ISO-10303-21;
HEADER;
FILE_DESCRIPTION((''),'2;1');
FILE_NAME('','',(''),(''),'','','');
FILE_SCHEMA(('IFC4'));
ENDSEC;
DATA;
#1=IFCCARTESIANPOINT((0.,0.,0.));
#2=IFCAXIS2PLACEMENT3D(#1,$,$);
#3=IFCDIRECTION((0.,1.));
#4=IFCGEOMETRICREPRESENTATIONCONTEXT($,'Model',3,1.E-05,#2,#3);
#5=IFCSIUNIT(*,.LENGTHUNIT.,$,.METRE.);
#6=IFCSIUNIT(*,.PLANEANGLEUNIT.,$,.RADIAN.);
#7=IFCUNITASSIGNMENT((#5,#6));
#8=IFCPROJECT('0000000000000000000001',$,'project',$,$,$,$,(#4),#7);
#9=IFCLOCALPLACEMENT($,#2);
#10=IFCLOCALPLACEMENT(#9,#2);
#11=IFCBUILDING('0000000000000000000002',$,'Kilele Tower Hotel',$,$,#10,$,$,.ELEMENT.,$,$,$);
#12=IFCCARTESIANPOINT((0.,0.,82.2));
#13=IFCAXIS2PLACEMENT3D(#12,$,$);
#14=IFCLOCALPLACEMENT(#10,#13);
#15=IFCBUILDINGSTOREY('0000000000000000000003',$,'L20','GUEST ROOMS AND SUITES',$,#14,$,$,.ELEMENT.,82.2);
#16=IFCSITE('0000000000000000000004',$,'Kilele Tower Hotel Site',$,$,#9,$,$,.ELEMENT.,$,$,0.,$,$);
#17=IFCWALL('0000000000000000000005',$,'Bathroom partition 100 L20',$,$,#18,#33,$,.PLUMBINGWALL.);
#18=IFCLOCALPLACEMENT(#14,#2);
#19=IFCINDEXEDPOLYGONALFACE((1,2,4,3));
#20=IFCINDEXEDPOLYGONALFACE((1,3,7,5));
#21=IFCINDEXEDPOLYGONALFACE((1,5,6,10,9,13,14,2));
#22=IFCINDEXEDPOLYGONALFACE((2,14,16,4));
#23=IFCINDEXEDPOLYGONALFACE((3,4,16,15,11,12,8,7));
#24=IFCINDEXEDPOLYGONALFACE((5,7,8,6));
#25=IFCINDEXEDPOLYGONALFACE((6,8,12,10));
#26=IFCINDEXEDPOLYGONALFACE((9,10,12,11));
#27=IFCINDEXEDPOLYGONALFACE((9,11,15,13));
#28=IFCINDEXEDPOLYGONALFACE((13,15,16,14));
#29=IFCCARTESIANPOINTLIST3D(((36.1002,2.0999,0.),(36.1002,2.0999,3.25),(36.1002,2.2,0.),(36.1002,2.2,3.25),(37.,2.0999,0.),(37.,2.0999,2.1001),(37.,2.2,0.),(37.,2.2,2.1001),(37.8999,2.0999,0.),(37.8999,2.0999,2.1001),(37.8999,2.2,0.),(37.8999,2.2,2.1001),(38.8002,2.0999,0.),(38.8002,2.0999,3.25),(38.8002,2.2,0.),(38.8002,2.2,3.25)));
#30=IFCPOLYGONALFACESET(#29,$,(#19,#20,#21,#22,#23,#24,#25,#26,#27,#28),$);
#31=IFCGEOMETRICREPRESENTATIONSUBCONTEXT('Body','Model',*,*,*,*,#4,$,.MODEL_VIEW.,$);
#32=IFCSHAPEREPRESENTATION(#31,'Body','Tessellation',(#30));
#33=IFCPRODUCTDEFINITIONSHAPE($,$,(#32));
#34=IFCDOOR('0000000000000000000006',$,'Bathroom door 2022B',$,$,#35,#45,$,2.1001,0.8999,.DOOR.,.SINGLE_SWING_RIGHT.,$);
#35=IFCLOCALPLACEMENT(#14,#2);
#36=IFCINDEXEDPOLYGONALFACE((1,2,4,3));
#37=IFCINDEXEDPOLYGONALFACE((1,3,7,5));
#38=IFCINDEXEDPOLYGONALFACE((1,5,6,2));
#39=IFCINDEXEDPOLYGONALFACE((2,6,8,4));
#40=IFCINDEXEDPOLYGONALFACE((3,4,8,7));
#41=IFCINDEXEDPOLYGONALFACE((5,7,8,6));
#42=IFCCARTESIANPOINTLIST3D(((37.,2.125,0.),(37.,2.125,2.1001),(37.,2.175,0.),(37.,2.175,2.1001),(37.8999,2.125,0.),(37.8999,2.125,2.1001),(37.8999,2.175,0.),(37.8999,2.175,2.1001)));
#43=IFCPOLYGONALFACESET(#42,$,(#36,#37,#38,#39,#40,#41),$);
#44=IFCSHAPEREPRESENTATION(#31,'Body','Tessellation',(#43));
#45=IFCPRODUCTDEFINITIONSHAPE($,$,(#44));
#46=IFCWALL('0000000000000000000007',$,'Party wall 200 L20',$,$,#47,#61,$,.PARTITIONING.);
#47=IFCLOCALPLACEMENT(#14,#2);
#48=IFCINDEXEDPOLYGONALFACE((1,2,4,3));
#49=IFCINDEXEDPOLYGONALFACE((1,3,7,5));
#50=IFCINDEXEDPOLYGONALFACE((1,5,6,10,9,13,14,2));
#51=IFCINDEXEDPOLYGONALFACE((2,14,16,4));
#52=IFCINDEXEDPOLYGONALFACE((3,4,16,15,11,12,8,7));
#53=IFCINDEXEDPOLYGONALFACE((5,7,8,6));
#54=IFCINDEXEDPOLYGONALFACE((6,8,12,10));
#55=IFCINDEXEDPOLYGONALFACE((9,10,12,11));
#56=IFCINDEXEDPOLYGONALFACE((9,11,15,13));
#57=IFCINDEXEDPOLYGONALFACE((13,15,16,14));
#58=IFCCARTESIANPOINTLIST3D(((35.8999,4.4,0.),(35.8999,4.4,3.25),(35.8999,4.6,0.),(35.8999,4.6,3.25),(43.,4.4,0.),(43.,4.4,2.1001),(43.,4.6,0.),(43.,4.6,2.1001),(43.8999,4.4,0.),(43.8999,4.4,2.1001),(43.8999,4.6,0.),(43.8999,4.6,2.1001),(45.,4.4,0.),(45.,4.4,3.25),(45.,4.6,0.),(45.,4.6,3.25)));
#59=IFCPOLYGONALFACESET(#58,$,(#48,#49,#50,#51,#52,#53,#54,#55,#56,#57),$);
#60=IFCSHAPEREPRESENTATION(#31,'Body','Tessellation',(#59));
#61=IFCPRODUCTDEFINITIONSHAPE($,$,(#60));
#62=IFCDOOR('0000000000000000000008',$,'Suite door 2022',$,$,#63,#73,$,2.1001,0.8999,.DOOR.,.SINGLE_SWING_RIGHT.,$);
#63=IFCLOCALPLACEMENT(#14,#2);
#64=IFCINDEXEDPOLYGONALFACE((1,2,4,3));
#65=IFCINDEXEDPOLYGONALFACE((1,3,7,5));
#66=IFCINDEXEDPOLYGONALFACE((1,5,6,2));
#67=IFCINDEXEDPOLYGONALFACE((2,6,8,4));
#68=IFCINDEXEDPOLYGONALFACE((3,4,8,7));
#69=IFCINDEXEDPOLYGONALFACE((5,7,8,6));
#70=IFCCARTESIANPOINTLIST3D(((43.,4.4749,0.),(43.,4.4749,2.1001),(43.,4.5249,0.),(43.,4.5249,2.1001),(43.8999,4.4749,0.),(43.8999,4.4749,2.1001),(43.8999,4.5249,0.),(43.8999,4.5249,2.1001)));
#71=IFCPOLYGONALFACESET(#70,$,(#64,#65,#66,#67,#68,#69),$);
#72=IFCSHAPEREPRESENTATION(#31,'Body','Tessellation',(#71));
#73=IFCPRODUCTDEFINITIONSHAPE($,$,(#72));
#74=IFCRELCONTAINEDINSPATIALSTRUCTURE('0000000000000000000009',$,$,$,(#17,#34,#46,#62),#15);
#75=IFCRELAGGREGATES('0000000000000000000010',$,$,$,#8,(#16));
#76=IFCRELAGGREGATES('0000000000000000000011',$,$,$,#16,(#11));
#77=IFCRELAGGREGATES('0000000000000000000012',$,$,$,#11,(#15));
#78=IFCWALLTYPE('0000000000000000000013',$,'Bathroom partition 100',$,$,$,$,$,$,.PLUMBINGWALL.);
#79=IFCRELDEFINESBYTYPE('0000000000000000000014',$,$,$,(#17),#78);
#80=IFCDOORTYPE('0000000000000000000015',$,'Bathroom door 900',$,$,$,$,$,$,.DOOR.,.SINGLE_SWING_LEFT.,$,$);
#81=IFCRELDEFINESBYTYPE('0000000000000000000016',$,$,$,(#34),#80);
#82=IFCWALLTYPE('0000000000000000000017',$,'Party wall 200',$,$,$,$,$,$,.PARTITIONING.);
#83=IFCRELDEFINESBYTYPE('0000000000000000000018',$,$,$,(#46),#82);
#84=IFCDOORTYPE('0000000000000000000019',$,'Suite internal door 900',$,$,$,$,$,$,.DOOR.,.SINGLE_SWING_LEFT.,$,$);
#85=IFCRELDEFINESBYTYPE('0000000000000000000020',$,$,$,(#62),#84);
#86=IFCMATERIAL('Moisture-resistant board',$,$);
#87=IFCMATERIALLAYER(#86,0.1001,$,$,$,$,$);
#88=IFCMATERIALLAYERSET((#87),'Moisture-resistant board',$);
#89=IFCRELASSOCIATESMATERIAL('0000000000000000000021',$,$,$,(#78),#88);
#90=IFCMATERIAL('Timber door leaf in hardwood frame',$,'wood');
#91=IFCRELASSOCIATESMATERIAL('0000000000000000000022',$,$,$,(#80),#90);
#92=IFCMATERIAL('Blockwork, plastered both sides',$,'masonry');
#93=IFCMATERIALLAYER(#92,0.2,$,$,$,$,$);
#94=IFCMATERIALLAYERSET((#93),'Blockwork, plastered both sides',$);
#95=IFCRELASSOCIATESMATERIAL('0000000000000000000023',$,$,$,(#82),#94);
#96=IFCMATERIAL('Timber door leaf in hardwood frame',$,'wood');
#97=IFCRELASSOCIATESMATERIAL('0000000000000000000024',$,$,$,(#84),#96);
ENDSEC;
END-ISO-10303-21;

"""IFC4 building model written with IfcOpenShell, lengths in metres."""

from ifc_helpers import new_model, si_unit, direction, frame, frame_2d, origin, place, context, subcontext, project, spatial, rectangle, extrude, material, layer, layer_set, type_object, element, fill, save


model = new_model("IFC4")

# Units and contexts
model_context = context("Model", 3, precision=1e-05, world=origin(), true_north=direction((0.0, 1.0)))
body_context = subcontext(model_context, "Body", "Model", "MODEL_VIEW")
ifc_project = project(units=[si_unit("LENGTHUNIT", "METRE"), si_unit("PLANEANGLEUNIT", "RADIAN")], contexts=[model_context])

# Site, building, storey
site_placement = place(None, origin())
site = spatial("IfcSite", under=ifc_project, at=site_placement, Name="Kilele Tower Hotel Site", CompositionType="ELEMENT", RefElevation=0.0)
building_placement = place(site_placement, origin())
building = spatial("IfcBuilding", under=site, at=building_placement, Name="Kilele Tower Hotel", CompositionType="ELEMENT")
storey_placement = place(building_placement, frame((0.0, 0.0, 82.2)))
storey = spatial("IfcBuildingStorey", under=building, at=storey_placement, Name="L20", Description="GUEST ROOMS AND SUITES", CompositionType="ELEMENT", Elevation=82.2)

# Shared definitions
ifc_material_1 = material(Name="Moisture-resistant board")
ifc_layer_1 = layer(ifc_material_1, 0.1001)
ifc_layer_set_1 = layer_set([ifc_layer_1], Name="Moisture-resistant board")
wall_type_1 = type_object("IfcWallType", Name="Bathroom partition 100", PredefinedType="PLUMBINGWALL", material=ifc_layer_set_1)

# Walls, openings, doors
ifc_material_2 = material(Name="Timber door leaf in hardwood frame", Category="wood")
door_type_1 = type_object("IfcDoorType", Name="Bathroom door 900", OperationType="SINGLE_SWING_LEFT", PredefinedType="DOOR", material=ifc_material_2)
wall_1_placement = place(storey_placement, frame((36.1001, 2.1499, 0.0), z_axis=(0.0, 0.0, 1.0), x_axis=(1.0, 0.0, 0.0)))
wall_1 = element("IfcWall", 1, at=wall_1_placement, inside=storey, type_object=wall_type_1, Name="Bathroom partition 100 L20", PredefinedType="PLUMBINGWALL", context=body_context, shape_type="SweptSolid", body=[
    extrude(rectangle(XDim=2.7, YDim=0.1001, at=frame_2d((1.3501, 0.0))), origin(), (0.0, 0.0, 1.0), 3.25),
])
opening_1_placement = place(wall_1_placement, frame((1.7998, 0.0, 0.0), z_axis=(0.0, 0.0, 1.0), x_axis=(-1.0, 0.0, 0.0)))
opening_1 = element("IfcOpeningElement", 2, at=opening_1_placement, cuts=wall_1, PredefinedType="OPENING", context=body_context, shape_type="SweptSolid", body=[
    extrude(rectangle(XDim=0.8999, YDim=2.1001, at=frame_2d((0.45, 1.05))), frame((0.0, 0.0601, 0.0), z_axis=(0.0, -1.0, 0.0), x_axis=(1.0, 0.0, 0.0)), (0.0, 0.0, 1.0), 0.1201),
])
door_1_placement = place(opening_1_placement, origin())
door_1 = element("IfcDoor", 3, at=door_1_placement, inside=storey, type_object=door_type_1, Name="Bathroom door 2022B", OperationType="SINGLE_SWING_RIGHT", OverallHeight=2.1001, OverallWidth=0.8999, PredefinedType="DOOR", context=body_context, shape_type="SweptSolid", body=[
    extrude(rectangle(XDim=0.8999, YDim=2.1001, at=frame_2d((0.45, 1.05))), frame((0.0, 0.0249, 0.0), z_axis=(0.0, -1.0, 0.0), x_axis=(1.0, 0.0, 0.0)), (0.0, 0.0, 1.0), 0.05),
])
fill(opening_1, door_1)
ifc_material_3 = material(Name="Blockwork, plastered both sides", Category="masonry")
ifc_layer_2 = layer(ifc_material_3, 0.2)
ifc_layer_set_2 = layer_set([ifc_layer_2], Name="Blockwork, plastered both sides")
wall_type_2 = type_object("IfcWallType", Name="Party wall 200", PredefinedType="PARTITIONING", material=ifc_layer_set_2)
wall_2_placement = place(storey_placement, frame((35.8999, 4.5, 0.0), z_axis=(0.0, 0.0, 1.0), x_axis=(1.0, 0.0, 0.0)))
wall_2 = element("IfcWall", 4, at=wall_2_placement, inside=storey, type_object=wall_type_2, Name="Party wall 200 L20", PredefinedType="PARTITIONING", context=body_context, shape_type="SweptSolid", body=[
    extrude(rectangle(XDim=9.1001, YDim=0.2, at=frame_2d((4.55, 0.0))), origin(), (0.0, 0.0, 1.0), 3.25),
])
opening_2_placement = place(wall_2_placement, frame((7.1001, 0.0, 0.0)))
opening_2 = element("IfcOpeningElement", 5, at=opening_2_placement, cuts=wall_2, PredefinedType="OPENING", context=body_context, shape_type="SweptSolid", body=[
    extrude(rectangle(XDim=0.8999, YDim=2.1001, at=frame_2d((0.45, 1.05))), frame((0.0, 0.1099, 0.0), z_axis=(0.0, -1.0, 0.0), x_axis=(1.0, 0.0, 0.0)), (0.0, 0.0, 1.0), 0.22),
])
ifc_material_4 = material(Name="Timber door leaf in hardwood frame", Category="wood")
door_type_2 = type_object("IfcDoorType", Name="Suite internal door 900", OperationType="SINGLE_SWING_LEFT", PredefinedType="DOOR", material=ifc_material_4)
door_2_placement = place(opening_2_placement, origin())
door_2 = element("IfcDoor", 6, at=door_2_placement, inside=storey, type_object=door_type_2, Name="Suite door 2022", OperationType="SINGLE_SWING_RIGHT", OverallHeight=2.1001, OverallWidth=0.8999, PredefinedType="DOOR", context=body_context, shape_type="SweptSolid", body=[
    extrude(rectangle(XDim=0.8999, YDim=2.1001, at=frame_2d((0.45, 1.05))), frame((0.0, 0.0249, 0.0), z_axis=(0.0, -1.0, 0.0), x_axis=(1.0, 0.0, 0.0)), (0.0, 0.0, 1.0), 0.05),
])
fill(opening_2, door_2)

save(model, "model.ifc")
